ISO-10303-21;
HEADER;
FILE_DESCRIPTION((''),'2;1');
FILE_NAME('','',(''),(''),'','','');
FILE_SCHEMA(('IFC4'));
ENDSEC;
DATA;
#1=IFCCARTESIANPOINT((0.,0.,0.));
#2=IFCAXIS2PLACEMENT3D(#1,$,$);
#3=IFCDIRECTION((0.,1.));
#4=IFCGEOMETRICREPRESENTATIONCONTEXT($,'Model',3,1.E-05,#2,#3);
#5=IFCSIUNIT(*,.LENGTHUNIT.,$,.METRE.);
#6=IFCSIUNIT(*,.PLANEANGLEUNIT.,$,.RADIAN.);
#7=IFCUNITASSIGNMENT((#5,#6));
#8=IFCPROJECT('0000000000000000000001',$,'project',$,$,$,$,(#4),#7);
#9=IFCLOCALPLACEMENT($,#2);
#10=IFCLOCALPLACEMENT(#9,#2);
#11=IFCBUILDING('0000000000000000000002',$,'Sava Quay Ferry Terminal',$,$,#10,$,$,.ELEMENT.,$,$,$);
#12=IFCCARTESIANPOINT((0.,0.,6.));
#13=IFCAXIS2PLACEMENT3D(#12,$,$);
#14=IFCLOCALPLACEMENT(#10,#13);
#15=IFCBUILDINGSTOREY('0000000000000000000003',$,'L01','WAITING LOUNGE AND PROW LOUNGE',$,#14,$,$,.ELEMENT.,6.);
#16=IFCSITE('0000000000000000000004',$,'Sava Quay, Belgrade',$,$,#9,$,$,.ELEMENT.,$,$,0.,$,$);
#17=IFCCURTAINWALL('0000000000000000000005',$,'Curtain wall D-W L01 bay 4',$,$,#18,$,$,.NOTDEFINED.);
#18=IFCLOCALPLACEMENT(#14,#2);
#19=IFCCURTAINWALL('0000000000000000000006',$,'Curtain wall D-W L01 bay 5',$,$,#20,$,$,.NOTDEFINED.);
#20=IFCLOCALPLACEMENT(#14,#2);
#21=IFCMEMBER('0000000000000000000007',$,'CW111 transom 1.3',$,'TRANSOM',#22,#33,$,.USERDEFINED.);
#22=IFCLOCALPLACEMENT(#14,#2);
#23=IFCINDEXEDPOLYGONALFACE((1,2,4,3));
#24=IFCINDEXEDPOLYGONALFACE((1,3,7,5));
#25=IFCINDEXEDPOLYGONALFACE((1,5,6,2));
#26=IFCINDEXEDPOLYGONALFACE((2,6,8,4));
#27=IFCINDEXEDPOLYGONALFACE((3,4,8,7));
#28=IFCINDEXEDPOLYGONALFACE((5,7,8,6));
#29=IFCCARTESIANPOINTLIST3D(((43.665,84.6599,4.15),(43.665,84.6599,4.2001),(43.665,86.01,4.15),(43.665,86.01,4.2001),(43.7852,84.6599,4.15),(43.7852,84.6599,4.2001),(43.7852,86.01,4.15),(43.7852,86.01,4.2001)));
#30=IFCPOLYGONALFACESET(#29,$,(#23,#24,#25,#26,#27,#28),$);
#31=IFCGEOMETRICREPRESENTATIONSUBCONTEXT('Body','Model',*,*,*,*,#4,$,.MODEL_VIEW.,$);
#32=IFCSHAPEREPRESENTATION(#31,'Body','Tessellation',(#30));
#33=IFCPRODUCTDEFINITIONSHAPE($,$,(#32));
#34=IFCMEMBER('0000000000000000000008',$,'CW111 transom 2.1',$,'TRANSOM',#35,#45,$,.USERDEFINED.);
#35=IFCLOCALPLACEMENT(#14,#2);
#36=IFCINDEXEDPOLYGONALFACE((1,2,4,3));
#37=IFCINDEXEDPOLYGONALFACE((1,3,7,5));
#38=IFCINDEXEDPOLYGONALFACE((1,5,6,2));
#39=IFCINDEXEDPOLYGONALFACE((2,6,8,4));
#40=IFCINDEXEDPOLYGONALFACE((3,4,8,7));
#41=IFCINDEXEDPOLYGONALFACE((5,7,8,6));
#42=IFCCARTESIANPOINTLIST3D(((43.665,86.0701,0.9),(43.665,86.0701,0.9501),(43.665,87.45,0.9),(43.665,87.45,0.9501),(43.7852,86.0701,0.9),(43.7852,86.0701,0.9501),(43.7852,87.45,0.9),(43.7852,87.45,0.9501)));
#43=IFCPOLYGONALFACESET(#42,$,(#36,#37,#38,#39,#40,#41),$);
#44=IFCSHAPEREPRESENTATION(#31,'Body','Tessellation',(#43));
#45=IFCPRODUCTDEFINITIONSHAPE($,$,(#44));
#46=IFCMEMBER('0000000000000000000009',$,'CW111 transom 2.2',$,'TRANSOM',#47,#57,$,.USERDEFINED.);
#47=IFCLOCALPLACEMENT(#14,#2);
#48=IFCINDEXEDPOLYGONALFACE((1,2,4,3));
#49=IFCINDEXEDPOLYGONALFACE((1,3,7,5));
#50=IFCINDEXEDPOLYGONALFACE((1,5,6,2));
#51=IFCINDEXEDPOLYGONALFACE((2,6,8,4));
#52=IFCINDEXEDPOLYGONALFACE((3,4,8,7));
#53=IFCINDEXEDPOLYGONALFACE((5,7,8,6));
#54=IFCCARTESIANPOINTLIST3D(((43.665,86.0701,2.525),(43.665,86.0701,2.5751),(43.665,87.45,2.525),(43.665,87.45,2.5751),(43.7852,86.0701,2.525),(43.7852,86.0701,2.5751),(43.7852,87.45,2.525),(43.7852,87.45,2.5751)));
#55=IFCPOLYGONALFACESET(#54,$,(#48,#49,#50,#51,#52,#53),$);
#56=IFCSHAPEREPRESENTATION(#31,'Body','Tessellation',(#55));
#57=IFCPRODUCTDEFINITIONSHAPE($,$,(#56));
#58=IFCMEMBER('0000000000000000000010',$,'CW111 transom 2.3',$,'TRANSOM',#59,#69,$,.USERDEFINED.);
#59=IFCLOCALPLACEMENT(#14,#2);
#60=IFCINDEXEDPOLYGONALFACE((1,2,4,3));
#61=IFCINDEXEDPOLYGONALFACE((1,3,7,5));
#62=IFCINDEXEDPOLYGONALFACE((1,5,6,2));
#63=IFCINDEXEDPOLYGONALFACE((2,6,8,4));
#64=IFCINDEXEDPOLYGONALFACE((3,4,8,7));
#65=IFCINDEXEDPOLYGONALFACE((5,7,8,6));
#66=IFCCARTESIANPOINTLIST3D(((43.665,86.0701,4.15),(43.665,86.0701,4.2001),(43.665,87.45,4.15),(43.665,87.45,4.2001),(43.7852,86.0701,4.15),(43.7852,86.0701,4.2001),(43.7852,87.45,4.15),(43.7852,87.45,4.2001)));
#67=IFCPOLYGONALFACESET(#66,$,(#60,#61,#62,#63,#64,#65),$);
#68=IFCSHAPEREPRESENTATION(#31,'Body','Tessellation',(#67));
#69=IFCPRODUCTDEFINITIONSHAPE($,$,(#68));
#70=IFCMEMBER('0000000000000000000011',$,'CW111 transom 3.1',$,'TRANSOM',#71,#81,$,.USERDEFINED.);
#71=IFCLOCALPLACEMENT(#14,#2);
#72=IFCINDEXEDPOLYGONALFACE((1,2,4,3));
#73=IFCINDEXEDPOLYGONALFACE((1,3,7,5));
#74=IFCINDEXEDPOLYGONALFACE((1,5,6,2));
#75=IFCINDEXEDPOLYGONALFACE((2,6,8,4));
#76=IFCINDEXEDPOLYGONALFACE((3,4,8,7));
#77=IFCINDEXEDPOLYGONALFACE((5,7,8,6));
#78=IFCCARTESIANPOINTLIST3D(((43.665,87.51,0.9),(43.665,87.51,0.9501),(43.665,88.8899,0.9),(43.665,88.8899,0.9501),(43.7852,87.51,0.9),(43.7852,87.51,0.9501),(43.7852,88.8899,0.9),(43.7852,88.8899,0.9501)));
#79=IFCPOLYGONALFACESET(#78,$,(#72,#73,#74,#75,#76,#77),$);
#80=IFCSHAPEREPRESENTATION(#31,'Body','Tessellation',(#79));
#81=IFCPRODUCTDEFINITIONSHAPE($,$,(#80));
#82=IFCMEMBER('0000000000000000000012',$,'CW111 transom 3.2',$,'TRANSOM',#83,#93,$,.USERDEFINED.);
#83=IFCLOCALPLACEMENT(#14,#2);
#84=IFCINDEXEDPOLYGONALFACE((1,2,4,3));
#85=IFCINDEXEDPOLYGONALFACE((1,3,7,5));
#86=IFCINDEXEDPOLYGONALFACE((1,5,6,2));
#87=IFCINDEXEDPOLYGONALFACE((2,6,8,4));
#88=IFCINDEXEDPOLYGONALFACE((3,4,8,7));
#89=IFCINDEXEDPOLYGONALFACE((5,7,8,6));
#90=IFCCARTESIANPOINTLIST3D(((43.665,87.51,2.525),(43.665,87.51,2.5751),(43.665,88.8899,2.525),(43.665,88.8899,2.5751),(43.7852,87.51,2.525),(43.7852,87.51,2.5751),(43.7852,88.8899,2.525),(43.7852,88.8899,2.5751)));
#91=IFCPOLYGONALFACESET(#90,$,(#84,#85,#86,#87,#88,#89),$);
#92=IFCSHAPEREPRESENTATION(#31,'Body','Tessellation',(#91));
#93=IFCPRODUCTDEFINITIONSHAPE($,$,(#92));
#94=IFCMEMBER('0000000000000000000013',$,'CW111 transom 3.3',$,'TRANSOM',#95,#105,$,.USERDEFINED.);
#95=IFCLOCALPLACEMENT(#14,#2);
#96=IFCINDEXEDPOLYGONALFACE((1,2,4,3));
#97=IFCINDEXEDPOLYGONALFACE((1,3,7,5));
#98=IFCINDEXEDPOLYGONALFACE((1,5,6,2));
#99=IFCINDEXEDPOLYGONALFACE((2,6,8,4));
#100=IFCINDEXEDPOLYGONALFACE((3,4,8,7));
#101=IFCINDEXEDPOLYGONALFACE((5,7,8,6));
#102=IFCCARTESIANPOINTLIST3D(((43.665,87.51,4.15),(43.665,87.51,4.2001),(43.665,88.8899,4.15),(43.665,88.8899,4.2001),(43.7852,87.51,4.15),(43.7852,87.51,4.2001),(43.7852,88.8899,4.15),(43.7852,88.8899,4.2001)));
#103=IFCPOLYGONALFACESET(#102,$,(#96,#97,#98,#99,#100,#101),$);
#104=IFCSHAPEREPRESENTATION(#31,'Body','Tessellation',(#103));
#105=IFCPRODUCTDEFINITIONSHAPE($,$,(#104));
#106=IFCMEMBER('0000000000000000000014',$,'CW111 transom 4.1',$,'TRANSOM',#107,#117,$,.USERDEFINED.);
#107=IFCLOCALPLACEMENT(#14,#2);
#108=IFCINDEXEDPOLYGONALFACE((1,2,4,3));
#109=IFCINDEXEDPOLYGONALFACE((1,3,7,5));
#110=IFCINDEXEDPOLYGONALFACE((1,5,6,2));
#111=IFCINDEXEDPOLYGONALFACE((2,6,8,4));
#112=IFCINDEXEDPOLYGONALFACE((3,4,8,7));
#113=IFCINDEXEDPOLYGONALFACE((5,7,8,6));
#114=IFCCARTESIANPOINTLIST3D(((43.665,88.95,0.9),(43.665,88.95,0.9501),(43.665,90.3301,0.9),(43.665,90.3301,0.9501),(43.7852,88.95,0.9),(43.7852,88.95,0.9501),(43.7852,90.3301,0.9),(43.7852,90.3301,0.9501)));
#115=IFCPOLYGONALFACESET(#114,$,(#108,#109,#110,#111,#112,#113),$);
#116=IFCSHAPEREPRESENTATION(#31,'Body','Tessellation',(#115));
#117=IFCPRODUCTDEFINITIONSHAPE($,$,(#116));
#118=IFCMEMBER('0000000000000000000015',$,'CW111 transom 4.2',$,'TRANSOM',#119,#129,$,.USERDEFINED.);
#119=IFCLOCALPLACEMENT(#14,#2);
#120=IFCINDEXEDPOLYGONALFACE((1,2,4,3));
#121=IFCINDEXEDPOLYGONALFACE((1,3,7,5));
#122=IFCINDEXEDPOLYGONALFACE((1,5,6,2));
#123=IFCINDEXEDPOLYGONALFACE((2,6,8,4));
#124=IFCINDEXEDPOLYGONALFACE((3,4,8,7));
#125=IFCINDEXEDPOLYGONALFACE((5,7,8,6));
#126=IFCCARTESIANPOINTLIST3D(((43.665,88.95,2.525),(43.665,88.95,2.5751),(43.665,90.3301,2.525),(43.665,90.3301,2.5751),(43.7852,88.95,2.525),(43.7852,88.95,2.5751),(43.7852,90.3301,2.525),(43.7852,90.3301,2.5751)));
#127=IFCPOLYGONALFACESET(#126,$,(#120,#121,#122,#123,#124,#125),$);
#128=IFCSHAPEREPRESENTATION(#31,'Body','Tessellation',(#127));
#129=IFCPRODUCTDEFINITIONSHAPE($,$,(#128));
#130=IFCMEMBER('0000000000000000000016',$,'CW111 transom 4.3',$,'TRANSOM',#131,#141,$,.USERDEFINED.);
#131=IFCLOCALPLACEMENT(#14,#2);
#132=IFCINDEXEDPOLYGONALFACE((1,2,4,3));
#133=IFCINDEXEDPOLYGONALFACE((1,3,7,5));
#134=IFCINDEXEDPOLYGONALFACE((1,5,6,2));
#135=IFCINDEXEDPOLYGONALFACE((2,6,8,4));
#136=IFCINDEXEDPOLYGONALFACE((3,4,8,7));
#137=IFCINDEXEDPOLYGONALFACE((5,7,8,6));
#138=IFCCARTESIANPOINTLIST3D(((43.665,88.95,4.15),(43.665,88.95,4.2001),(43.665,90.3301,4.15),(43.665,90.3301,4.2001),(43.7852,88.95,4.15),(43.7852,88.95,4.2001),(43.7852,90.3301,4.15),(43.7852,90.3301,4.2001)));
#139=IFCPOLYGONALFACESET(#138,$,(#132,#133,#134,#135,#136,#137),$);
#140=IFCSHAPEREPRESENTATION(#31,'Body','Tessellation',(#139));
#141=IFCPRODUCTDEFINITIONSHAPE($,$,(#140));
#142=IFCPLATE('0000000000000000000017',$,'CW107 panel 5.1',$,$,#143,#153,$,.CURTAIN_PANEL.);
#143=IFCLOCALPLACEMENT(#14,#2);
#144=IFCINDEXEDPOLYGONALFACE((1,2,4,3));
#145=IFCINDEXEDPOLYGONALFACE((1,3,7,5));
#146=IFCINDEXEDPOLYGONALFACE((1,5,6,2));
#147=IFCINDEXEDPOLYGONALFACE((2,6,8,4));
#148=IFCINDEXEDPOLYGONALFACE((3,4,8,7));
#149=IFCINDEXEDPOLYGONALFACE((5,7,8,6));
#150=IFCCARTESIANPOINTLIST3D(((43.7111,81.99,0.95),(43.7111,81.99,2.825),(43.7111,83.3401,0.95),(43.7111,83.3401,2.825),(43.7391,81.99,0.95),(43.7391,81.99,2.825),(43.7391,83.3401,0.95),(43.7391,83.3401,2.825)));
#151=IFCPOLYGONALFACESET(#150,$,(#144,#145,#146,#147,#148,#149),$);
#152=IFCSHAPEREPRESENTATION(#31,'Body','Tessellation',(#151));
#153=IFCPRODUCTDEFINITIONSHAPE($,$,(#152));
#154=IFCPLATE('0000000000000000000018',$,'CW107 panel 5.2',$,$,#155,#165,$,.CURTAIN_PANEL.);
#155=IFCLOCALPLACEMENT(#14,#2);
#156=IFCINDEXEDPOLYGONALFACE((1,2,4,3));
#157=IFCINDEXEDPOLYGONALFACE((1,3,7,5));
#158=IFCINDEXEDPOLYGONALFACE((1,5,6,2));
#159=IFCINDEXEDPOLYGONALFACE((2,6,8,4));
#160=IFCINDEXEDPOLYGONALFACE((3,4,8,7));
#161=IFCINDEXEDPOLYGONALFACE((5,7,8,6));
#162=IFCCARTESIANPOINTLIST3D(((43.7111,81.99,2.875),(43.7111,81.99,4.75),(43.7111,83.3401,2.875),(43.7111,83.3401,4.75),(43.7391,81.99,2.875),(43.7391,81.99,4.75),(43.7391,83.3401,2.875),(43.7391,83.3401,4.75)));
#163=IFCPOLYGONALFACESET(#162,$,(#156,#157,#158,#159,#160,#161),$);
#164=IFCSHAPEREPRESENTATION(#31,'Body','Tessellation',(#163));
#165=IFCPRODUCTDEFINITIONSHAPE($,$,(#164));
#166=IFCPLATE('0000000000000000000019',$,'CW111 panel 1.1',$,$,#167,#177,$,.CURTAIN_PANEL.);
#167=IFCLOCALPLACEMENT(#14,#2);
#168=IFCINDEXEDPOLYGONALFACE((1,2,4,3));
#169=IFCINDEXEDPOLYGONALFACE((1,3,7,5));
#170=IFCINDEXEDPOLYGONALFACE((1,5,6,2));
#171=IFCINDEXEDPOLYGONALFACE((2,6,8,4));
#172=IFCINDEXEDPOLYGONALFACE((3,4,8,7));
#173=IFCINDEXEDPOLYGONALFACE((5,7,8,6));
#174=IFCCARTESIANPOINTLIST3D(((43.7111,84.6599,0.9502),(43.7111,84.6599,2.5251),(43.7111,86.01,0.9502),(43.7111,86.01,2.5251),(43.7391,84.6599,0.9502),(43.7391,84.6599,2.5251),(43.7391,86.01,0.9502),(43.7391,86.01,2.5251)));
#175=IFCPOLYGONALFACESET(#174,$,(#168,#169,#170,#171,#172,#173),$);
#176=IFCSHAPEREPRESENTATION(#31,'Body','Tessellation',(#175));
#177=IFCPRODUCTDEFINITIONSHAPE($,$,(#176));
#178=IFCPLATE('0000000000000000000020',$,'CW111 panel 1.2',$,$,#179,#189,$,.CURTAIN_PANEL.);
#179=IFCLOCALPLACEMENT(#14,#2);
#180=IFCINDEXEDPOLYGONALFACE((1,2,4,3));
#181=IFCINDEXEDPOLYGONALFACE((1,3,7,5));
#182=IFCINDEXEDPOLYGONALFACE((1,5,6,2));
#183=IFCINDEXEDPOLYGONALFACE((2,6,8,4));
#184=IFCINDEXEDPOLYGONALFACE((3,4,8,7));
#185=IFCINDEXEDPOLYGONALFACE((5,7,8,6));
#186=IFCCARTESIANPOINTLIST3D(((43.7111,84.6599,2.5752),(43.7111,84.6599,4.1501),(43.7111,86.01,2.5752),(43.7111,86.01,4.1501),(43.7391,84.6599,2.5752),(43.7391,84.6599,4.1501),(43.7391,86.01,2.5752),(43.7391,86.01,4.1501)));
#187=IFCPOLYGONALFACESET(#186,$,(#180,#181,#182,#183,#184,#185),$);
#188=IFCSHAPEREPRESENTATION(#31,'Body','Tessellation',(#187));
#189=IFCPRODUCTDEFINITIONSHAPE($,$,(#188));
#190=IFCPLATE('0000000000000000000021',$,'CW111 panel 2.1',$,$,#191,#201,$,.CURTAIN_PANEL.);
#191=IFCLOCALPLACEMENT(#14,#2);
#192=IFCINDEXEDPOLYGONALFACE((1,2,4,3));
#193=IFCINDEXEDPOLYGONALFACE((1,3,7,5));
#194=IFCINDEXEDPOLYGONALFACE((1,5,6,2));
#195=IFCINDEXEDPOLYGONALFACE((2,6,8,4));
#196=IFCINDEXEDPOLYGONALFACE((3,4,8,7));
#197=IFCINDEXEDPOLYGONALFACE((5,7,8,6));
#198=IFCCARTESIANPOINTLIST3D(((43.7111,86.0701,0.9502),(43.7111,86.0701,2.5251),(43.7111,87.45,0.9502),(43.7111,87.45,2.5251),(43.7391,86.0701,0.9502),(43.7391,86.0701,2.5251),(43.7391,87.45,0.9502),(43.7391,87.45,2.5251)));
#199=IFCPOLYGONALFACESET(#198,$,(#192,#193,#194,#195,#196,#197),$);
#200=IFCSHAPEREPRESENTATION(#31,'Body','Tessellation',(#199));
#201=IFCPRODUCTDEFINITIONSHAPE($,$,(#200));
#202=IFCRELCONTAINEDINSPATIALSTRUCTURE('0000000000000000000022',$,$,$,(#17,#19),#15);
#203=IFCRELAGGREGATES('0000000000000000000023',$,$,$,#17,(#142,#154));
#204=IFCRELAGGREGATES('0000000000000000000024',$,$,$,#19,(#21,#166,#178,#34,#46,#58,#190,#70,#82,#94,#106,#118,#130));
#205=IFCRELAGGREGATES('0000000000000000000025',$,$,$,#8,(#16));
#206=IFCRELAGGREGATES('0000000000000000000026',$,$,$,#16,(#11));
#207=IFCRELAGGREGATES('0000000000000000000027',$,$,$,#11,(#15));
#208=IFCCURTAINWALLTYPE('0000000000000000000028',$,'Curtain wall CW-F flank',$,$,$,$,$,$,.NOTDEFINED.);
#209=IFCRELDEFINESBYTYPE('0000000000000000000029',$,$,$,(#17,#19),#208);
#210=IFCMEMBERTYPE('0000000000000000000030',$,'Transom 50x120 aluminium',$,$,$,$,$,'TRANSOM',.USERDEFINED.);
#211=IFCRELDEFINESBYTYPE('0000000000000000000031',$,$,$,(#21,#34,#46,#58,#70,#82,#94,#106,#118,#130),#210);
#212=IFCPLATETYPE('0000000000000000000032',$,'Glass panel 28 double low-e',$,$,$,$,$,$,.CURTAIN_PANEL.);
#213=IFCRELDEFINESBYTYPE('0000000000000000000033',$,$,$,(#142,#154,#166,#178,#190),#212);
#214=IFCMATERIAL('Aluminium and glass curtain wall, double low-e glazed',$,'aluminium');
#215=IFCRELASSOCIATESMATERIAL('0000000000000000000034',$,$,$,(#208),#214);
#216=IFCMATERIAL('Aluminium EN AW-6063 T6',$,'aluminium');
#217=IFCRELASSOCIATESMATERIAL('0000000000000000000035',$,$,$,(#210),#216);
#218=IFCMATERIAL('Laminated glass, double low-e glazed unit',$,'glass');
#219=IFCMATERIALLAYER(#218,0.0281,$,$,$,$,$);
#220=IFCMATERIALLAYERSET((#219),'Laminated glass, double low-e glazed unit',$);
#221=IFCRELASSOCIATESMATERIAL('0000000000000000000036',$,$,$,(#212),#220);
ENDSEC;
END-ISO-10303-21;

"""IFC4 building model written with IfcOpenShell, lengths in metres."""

from ifc_helpers import new_model, si_unit, direction, frame, origin, origin_2d, place, context, subcontext, project, spatial, rectangle, extrude, material, layer, layer_set, material_profile, profile_set, type_object, element, aggregate, save


model = new_model("IFC4")

# Units and contexts
model_context = context("Model", 3, precision=1e-05, world=origin(), true_north=direction((0.0, 1.0)))
body_context = subcontext(model_context, "Body", "Model", "MODEL_VIEW")
ifc_project = project(units=[si_unit("LENGTHUNIT", "METRE"), si_unit("PLANEANGLEUNIT", "RADIAN")], contexts=[model_context])

# Site, building, storey
site_placement = place(None, origin())
site = spatial("IfcSite", under=ifc_project, at=site_placement, Name="Sava Quay, Belgrade", CompositionType="ELEMENT", RefElevation=0.0)
building_placement = place(site_placement, origin())
building = spatial("IfcBuilding", under=site, at=building_placement, Name="Sava Quay Ferry Terminal", CompositionType="ELEMENT")
storey_placement = place(building_placement, frame((0.0, 0.0, 6.0)))
storey = spatial("IfcBuildingStorey", under=building, at=storey_placement, Name="L01", Description="WAITING LOUNGE AND PROW LOUNGE", CompositionType="ELEMENT", Elevation=6.0)

# Curtain walls
ifc_material_1 = material(Name="Aluminium and glass curtain wall, double low-e glazed", Category="aluminium")
curtain_wall_type = type_object("IfcCurtainWallType", Name="Curtain wall CW-F flank", PredefinedType="NOTDEFINED", material=ifc_material_1)
curtain_wall_1_placement = place(storey_placement, origin())
curtain_wall_1 = element("IfcCurtainWall", 1, at=curtain_wall_1_placement, inside=storey, type_object=curtain_wall_type, Name="Curtain wall D-W L01 bay 4", PredefinedType="NOTDEFINED")
curtain_wall_2_placement = place(storey_placement, origin())
curtain_wall_2 = element("IfcCurtainWall", 2, at=curtain_wall_2_placement, inside=storey, type_object=curtain_wall_type, Name="Curtain wall D-W L01 bay 5", PredefinedType="NOTDEFINED")

# Members
ifc_material_2 = material(Name="Aluminium EN AW-6063 T6", Category="aluminium")
ifc_material_profile_1 = material_profile(ifc_material_2, rectangle(XDim=0.1201, YDim=0.05, at=origin_2d()), Name="Transom 50x120 aluminium")
ifc_profile_set_1 = profile_set([ifc_material_profile_1], Name="Aluminium EN AW-6063 T6")
member_type_1 = type_object("IfcMemberType", Name="Transom 50x120 aluminium", ElementType="TRANSOM", PredefinedType="USERDEFINED", material=ifc_profile_set_1)
member_1_placement = place(storey_placement, frame((43.7251, 84.6599, 4.175), z_axis=(0.0, 1.0, 0.0), x_axis=(-1.0, 0.0, 0.0)))
member_1 = element("IfcMember", 3, at=member_1_placement, type_object=member_type_1, Name="CW111 transom 1.3", ObjectType="TRANSOM", PredefinedType="USERDEFINED", context=body_context, shape_type="SweptSolid", body=[
    extrude(rectangle(XDim=0.1201, YDim=0.05, at=origin_2d()), origin(), (0.0, 0.0, 1.0), 1.3501),
])
member_2_placement = place(storey_placement, frame((43.7251, 86.0701, 0.925), z_axis=(0.0, 1.0, 0.0), x_axis=(-1.0, 0.0, 0.0)))
member_2 = element("IfcMember", 4, at=member_2_placement, type_object=member_type_1, Name="CW111 transom 2.1", ObjectType="TRANSOM", PredefinedType="USERDEFINED", context=body_context, shape_type="SweptSolid", body=[
    extrude(rectangle(XDim=0.1201, YDim=0.05, at=origin_2d()), origin(), (0.0, 0.0, 1.0), 1.3799),
])
member_3_placement = place(storey_placement, frame((43.7251, 86.0701, 2.55), z_axis=(0.0, 1.0, 0.0), x_axis=(-1.0, 0.0, 0.0)))
member_3 = element("IfcMember", 5, at=member_3_placement, type_object=member_type_1, Name="CW111 transom 2.2", ObjectType="TRANSOM", PredefinedType="USERDEFINED", context=body_context, shape_type="SweptSolid", body=[
    extrude(rectangle(XDim=0.1201, YDim=0.05, at=origin_2d()), origin(), (0.0, 0.0, 1.0), 1.3799),
])
member_4_placement = place(storey_placement, frame((43.7251, 86.0701, 4.175), z_axis=(0.0, 1.0, 0.0), x_axis=(-1.0, 0.0, 0.0)))
member_4 = element("IfcMember", 6, at=member_4_placement, type_object=member_type_1, Name="CW111 transom 2.3", ObjectType="TRANSOM", PredefinedType="USERDEFINED", context=body_context, shape_type="SweptSolid", body=[
    extrude(rectangle(XDim=0.1201, YDim=0.05, at=origin_2d()), origin(), (0.0, 0.0, 1.0), 1.3799),
])
member_5_placement = place(storey_placement, frame((43.7251, 87.51, 0.925), z_axis=(0.0, 1.0, 0.0), x_axis=(-1.0, 0.0, 0.0)))
member_5 = element("IfcMember", 7, at=member_5_placement, type_object=member_type_1, Name="CW111 transom 3.1", ObjectType="TRANSOM", PredefinedType="USERDEFINED", context=body_context, shape_type="SweptSolid", body=[
    extrude(rectangle(XDim=0.1201, YDim=0.05, at=origin_2d()), origin(), (0.0, 0.0, 1.0), 1.3799),
])
member_6_placement = place(storey_placement, frame((43.7251, 87.51, 2.55), z_axis=(0.0, 1.0, 0.0), x_axis=(-1.0, 0.0, 0.0)))
member_6 = element("IfcMember", 8, at=member_6_placement, type_object=member_type_1, Name="CW111 transom 3.2", ObjectType="TRANSOM", PredefinedType="USERDEFINED", context=body_context, shape_type="SweptSolid", body=[
    extrude(rectangle(XDim=0.1201, YDim=0.05, at=origin_2d()), origin(), (0.0, 0.0, 1.0), 1.3799),
])
member_7_placement = place(storey_placement, frame((43.7251, 87.51, 4.175), z_axis=(0.0, 1.0, 0.0), x_axis=(-1.0, 0.0, 0.0)))
member_7 = element("IfcMember", 9, at=member_7_placement, type_object=member_type_1, Name="CW111 transom 3.3", ObjectType="TRANSOM", PredefinedType="USERDEFINED", context=body_context, shape_type="SweptSolid", body=[
    extrude(rectangle(XDim=0.1201, YDim=0.05, at=origin_2d()), origin(), (0.0, 0.0, 1.0), 1.3799),
])
member_8_placement = place(storey_placement, frame((43.7251, 88.95, 0.925), z_axis=(0.0, 1.0, 0.0), x_axis=(-1.0, 0.0, 0.0)))
member_8 = element("IfcMember", 10, at=member_8_placement, type_object=member_type_1, Name="CW111 transom 4.1", ObjectType="TRANSOM", PredefinedType="USERDEFINED", context=body_context, shape_type="SweptSolid", body=[
    extrude(rectangle(XDim=0.1201, YDim=0.05, at=origin_2d()), origin(), (0.0, 0.0, 1.0), 1.3801),
])
member_9_placement = place(storey_placement, frame((43.7251, 88.95, 2.55), z_axis=(0.0, 1.0, 0.0), x_axis=(-1.0, 0.0, 0.0)))
member_9 = element("IfcMember", 11, at=member_9_placement, type_object=member_type_1, Name="CW111 transom 4.2", ObjectType="TRANSOM", PredefinedType="USERDEFINED", context=body_context, shape_type="SweptSolid", body=[
    extrude(rectangle(XDim=0.1201, YDim=0.05, at=origin_2d()), origin(), (0.0, 0.0, 1.0), 1.3801),
])
member_10_placement = place(storey_placement, frame((43.7251, 88.95, 4.175), z_axis=(0.0, 1.0, 0.0), x_axis=(-1.0, 0.0, 0.0)))
member_10 = element("IfcMember", 12, at=member_10_placement, type_object=member_type_1, Name="CW111 transom 4.3", ObjectType="TRANSOM", PredefinedType="USERDEFINED", context=body_context, shape_type="SweptSolid", body=[
    extrude(rectangle(XDim=0.1201, YDim=0.05, at=origin_2d()), origin(), (0.0, 0.0, 1.0), 1.3801),
])

# Plates
ifc_material_3 = material(Name="Laminated glass, double low-e glazed unit", Category="glass")
ifc_layer_1 = layer(ifc_material_3, 0.0281)
ifc_layer_set_1 = layer_set([ifc_layer_1], Name="Laminated glass, double low-e glazed unit")
plate_type = type_object("IfcPlateType", Name="Glass panel 28 double low-e", PredefinedType="CURTAIN_PANEL", material=ifc_layer_set_1)
plate_1_placement = place(storey_placement, frame((43.7251, 82.665, 0.95), z_axis=(0.0, 0.0, 1.0), x_axis=(0.0, 1.0, 0.0)))
plate_1 = element("IfcPlate", 13, at=plate_1_placement, type_object=plate_type, Name="CW107 panel 5.1", PredefinedType="CURTAIN_PANEL", context=body_context, shape_type="SweptSolid", body=[
    extrude(rectangle(XDim=1.3501, YDim=0.0281, at=origin_2d()), origin(), (0.0, 0.0, 1.0), 1.875),
])
plate_2_placement = place(storey_placement, frame((43.7251, 82.665, 2.875), z_axis=(0.0, 0.0, 1.0), x_axis=(0.0, 1.0, 0.0)))
plate_2 = element("IfcPlate", 14, at=plate_2_placement, type_object=plate_type, Name="CW107 panel 5.2", PredefinedType="CURTAIN_PANEL", context=body_context, shape_type="SweptSolid", body=[
    extrude(rectangle(XDim=1.3501, YDim=0.0281, at=origin_2d()), origin(), (0.0, 0.0, 1.0), 1.875),
])
aggregate(curtain_wall_1, [plate_1, plate_2])
plate_3_placement = place(storey_placement, frame((43.7251, 85.335, 0.9502), z_axis=(0.0, 0.0, 1.0), x_axis=(0.0, 1.0, 0.0)))
plate_3 = element("IfcPlate", 15, at=plate_3_placement, type_object=plate_type, Name="CW111 panel 1.1", PredefinedType="CURTAIN_PANEL", context=body_context, shape_type="SweptSolid", body=[
    extrude(rectangle(XDim=1.3501, YDim=0.0281, at=origin_2d()), origin(), (0.0, 0.0, 1.0), 1.575),
])
plate_4_placement = place(storey_placement, frame((43.7251, 85.335, 2.5752), z_axis=(0.0, 0.0, 1.0), x_axis=(0.0, 1.0, 0.0)))
plate_4 = element("IfcPlate", 16, at=plate_4_placement, type_object=plate_type, Name="CW111 panel 1.2", PredefinedType="CURTAIN_PANEL", context=body_context, shape_type="SweptSolid", body=[
    extrude(rectangle(XDim=1.3501, YDim=0.0281, at=origin_2d()), origin(), (0.0, 0.0, 1.0), 1.575),
])
plate_5_placement = place(storey_placement, frame((43.7251, 86.76, 0.9502), z_axis=(0.0, 0.0, 1.0), x_axis=(0.0, 1.0, 0.0)))
plate_5 = element("IfcPlate", 17, at=plate_5_placement, type_object=plate_type, Name="CW111 panel 2.1", PredefinedType="CURTAIN_PANEL", context=body_context, shape_type="SweptSolid", body=[
    extrude(rectangle(XDim=1.3799, YDim=0.0281, at=origin_2d()), origin(), (0.0, 0.0, 1.0), 1.575),
])
aggregate(curtain_wall_2, [member_1, plate_3, plate_4, member_2, member_3, member_4, plate_5, member_5, member_6, member_7, member_8, member_9, member_10])

save(model, "model.ifc")
